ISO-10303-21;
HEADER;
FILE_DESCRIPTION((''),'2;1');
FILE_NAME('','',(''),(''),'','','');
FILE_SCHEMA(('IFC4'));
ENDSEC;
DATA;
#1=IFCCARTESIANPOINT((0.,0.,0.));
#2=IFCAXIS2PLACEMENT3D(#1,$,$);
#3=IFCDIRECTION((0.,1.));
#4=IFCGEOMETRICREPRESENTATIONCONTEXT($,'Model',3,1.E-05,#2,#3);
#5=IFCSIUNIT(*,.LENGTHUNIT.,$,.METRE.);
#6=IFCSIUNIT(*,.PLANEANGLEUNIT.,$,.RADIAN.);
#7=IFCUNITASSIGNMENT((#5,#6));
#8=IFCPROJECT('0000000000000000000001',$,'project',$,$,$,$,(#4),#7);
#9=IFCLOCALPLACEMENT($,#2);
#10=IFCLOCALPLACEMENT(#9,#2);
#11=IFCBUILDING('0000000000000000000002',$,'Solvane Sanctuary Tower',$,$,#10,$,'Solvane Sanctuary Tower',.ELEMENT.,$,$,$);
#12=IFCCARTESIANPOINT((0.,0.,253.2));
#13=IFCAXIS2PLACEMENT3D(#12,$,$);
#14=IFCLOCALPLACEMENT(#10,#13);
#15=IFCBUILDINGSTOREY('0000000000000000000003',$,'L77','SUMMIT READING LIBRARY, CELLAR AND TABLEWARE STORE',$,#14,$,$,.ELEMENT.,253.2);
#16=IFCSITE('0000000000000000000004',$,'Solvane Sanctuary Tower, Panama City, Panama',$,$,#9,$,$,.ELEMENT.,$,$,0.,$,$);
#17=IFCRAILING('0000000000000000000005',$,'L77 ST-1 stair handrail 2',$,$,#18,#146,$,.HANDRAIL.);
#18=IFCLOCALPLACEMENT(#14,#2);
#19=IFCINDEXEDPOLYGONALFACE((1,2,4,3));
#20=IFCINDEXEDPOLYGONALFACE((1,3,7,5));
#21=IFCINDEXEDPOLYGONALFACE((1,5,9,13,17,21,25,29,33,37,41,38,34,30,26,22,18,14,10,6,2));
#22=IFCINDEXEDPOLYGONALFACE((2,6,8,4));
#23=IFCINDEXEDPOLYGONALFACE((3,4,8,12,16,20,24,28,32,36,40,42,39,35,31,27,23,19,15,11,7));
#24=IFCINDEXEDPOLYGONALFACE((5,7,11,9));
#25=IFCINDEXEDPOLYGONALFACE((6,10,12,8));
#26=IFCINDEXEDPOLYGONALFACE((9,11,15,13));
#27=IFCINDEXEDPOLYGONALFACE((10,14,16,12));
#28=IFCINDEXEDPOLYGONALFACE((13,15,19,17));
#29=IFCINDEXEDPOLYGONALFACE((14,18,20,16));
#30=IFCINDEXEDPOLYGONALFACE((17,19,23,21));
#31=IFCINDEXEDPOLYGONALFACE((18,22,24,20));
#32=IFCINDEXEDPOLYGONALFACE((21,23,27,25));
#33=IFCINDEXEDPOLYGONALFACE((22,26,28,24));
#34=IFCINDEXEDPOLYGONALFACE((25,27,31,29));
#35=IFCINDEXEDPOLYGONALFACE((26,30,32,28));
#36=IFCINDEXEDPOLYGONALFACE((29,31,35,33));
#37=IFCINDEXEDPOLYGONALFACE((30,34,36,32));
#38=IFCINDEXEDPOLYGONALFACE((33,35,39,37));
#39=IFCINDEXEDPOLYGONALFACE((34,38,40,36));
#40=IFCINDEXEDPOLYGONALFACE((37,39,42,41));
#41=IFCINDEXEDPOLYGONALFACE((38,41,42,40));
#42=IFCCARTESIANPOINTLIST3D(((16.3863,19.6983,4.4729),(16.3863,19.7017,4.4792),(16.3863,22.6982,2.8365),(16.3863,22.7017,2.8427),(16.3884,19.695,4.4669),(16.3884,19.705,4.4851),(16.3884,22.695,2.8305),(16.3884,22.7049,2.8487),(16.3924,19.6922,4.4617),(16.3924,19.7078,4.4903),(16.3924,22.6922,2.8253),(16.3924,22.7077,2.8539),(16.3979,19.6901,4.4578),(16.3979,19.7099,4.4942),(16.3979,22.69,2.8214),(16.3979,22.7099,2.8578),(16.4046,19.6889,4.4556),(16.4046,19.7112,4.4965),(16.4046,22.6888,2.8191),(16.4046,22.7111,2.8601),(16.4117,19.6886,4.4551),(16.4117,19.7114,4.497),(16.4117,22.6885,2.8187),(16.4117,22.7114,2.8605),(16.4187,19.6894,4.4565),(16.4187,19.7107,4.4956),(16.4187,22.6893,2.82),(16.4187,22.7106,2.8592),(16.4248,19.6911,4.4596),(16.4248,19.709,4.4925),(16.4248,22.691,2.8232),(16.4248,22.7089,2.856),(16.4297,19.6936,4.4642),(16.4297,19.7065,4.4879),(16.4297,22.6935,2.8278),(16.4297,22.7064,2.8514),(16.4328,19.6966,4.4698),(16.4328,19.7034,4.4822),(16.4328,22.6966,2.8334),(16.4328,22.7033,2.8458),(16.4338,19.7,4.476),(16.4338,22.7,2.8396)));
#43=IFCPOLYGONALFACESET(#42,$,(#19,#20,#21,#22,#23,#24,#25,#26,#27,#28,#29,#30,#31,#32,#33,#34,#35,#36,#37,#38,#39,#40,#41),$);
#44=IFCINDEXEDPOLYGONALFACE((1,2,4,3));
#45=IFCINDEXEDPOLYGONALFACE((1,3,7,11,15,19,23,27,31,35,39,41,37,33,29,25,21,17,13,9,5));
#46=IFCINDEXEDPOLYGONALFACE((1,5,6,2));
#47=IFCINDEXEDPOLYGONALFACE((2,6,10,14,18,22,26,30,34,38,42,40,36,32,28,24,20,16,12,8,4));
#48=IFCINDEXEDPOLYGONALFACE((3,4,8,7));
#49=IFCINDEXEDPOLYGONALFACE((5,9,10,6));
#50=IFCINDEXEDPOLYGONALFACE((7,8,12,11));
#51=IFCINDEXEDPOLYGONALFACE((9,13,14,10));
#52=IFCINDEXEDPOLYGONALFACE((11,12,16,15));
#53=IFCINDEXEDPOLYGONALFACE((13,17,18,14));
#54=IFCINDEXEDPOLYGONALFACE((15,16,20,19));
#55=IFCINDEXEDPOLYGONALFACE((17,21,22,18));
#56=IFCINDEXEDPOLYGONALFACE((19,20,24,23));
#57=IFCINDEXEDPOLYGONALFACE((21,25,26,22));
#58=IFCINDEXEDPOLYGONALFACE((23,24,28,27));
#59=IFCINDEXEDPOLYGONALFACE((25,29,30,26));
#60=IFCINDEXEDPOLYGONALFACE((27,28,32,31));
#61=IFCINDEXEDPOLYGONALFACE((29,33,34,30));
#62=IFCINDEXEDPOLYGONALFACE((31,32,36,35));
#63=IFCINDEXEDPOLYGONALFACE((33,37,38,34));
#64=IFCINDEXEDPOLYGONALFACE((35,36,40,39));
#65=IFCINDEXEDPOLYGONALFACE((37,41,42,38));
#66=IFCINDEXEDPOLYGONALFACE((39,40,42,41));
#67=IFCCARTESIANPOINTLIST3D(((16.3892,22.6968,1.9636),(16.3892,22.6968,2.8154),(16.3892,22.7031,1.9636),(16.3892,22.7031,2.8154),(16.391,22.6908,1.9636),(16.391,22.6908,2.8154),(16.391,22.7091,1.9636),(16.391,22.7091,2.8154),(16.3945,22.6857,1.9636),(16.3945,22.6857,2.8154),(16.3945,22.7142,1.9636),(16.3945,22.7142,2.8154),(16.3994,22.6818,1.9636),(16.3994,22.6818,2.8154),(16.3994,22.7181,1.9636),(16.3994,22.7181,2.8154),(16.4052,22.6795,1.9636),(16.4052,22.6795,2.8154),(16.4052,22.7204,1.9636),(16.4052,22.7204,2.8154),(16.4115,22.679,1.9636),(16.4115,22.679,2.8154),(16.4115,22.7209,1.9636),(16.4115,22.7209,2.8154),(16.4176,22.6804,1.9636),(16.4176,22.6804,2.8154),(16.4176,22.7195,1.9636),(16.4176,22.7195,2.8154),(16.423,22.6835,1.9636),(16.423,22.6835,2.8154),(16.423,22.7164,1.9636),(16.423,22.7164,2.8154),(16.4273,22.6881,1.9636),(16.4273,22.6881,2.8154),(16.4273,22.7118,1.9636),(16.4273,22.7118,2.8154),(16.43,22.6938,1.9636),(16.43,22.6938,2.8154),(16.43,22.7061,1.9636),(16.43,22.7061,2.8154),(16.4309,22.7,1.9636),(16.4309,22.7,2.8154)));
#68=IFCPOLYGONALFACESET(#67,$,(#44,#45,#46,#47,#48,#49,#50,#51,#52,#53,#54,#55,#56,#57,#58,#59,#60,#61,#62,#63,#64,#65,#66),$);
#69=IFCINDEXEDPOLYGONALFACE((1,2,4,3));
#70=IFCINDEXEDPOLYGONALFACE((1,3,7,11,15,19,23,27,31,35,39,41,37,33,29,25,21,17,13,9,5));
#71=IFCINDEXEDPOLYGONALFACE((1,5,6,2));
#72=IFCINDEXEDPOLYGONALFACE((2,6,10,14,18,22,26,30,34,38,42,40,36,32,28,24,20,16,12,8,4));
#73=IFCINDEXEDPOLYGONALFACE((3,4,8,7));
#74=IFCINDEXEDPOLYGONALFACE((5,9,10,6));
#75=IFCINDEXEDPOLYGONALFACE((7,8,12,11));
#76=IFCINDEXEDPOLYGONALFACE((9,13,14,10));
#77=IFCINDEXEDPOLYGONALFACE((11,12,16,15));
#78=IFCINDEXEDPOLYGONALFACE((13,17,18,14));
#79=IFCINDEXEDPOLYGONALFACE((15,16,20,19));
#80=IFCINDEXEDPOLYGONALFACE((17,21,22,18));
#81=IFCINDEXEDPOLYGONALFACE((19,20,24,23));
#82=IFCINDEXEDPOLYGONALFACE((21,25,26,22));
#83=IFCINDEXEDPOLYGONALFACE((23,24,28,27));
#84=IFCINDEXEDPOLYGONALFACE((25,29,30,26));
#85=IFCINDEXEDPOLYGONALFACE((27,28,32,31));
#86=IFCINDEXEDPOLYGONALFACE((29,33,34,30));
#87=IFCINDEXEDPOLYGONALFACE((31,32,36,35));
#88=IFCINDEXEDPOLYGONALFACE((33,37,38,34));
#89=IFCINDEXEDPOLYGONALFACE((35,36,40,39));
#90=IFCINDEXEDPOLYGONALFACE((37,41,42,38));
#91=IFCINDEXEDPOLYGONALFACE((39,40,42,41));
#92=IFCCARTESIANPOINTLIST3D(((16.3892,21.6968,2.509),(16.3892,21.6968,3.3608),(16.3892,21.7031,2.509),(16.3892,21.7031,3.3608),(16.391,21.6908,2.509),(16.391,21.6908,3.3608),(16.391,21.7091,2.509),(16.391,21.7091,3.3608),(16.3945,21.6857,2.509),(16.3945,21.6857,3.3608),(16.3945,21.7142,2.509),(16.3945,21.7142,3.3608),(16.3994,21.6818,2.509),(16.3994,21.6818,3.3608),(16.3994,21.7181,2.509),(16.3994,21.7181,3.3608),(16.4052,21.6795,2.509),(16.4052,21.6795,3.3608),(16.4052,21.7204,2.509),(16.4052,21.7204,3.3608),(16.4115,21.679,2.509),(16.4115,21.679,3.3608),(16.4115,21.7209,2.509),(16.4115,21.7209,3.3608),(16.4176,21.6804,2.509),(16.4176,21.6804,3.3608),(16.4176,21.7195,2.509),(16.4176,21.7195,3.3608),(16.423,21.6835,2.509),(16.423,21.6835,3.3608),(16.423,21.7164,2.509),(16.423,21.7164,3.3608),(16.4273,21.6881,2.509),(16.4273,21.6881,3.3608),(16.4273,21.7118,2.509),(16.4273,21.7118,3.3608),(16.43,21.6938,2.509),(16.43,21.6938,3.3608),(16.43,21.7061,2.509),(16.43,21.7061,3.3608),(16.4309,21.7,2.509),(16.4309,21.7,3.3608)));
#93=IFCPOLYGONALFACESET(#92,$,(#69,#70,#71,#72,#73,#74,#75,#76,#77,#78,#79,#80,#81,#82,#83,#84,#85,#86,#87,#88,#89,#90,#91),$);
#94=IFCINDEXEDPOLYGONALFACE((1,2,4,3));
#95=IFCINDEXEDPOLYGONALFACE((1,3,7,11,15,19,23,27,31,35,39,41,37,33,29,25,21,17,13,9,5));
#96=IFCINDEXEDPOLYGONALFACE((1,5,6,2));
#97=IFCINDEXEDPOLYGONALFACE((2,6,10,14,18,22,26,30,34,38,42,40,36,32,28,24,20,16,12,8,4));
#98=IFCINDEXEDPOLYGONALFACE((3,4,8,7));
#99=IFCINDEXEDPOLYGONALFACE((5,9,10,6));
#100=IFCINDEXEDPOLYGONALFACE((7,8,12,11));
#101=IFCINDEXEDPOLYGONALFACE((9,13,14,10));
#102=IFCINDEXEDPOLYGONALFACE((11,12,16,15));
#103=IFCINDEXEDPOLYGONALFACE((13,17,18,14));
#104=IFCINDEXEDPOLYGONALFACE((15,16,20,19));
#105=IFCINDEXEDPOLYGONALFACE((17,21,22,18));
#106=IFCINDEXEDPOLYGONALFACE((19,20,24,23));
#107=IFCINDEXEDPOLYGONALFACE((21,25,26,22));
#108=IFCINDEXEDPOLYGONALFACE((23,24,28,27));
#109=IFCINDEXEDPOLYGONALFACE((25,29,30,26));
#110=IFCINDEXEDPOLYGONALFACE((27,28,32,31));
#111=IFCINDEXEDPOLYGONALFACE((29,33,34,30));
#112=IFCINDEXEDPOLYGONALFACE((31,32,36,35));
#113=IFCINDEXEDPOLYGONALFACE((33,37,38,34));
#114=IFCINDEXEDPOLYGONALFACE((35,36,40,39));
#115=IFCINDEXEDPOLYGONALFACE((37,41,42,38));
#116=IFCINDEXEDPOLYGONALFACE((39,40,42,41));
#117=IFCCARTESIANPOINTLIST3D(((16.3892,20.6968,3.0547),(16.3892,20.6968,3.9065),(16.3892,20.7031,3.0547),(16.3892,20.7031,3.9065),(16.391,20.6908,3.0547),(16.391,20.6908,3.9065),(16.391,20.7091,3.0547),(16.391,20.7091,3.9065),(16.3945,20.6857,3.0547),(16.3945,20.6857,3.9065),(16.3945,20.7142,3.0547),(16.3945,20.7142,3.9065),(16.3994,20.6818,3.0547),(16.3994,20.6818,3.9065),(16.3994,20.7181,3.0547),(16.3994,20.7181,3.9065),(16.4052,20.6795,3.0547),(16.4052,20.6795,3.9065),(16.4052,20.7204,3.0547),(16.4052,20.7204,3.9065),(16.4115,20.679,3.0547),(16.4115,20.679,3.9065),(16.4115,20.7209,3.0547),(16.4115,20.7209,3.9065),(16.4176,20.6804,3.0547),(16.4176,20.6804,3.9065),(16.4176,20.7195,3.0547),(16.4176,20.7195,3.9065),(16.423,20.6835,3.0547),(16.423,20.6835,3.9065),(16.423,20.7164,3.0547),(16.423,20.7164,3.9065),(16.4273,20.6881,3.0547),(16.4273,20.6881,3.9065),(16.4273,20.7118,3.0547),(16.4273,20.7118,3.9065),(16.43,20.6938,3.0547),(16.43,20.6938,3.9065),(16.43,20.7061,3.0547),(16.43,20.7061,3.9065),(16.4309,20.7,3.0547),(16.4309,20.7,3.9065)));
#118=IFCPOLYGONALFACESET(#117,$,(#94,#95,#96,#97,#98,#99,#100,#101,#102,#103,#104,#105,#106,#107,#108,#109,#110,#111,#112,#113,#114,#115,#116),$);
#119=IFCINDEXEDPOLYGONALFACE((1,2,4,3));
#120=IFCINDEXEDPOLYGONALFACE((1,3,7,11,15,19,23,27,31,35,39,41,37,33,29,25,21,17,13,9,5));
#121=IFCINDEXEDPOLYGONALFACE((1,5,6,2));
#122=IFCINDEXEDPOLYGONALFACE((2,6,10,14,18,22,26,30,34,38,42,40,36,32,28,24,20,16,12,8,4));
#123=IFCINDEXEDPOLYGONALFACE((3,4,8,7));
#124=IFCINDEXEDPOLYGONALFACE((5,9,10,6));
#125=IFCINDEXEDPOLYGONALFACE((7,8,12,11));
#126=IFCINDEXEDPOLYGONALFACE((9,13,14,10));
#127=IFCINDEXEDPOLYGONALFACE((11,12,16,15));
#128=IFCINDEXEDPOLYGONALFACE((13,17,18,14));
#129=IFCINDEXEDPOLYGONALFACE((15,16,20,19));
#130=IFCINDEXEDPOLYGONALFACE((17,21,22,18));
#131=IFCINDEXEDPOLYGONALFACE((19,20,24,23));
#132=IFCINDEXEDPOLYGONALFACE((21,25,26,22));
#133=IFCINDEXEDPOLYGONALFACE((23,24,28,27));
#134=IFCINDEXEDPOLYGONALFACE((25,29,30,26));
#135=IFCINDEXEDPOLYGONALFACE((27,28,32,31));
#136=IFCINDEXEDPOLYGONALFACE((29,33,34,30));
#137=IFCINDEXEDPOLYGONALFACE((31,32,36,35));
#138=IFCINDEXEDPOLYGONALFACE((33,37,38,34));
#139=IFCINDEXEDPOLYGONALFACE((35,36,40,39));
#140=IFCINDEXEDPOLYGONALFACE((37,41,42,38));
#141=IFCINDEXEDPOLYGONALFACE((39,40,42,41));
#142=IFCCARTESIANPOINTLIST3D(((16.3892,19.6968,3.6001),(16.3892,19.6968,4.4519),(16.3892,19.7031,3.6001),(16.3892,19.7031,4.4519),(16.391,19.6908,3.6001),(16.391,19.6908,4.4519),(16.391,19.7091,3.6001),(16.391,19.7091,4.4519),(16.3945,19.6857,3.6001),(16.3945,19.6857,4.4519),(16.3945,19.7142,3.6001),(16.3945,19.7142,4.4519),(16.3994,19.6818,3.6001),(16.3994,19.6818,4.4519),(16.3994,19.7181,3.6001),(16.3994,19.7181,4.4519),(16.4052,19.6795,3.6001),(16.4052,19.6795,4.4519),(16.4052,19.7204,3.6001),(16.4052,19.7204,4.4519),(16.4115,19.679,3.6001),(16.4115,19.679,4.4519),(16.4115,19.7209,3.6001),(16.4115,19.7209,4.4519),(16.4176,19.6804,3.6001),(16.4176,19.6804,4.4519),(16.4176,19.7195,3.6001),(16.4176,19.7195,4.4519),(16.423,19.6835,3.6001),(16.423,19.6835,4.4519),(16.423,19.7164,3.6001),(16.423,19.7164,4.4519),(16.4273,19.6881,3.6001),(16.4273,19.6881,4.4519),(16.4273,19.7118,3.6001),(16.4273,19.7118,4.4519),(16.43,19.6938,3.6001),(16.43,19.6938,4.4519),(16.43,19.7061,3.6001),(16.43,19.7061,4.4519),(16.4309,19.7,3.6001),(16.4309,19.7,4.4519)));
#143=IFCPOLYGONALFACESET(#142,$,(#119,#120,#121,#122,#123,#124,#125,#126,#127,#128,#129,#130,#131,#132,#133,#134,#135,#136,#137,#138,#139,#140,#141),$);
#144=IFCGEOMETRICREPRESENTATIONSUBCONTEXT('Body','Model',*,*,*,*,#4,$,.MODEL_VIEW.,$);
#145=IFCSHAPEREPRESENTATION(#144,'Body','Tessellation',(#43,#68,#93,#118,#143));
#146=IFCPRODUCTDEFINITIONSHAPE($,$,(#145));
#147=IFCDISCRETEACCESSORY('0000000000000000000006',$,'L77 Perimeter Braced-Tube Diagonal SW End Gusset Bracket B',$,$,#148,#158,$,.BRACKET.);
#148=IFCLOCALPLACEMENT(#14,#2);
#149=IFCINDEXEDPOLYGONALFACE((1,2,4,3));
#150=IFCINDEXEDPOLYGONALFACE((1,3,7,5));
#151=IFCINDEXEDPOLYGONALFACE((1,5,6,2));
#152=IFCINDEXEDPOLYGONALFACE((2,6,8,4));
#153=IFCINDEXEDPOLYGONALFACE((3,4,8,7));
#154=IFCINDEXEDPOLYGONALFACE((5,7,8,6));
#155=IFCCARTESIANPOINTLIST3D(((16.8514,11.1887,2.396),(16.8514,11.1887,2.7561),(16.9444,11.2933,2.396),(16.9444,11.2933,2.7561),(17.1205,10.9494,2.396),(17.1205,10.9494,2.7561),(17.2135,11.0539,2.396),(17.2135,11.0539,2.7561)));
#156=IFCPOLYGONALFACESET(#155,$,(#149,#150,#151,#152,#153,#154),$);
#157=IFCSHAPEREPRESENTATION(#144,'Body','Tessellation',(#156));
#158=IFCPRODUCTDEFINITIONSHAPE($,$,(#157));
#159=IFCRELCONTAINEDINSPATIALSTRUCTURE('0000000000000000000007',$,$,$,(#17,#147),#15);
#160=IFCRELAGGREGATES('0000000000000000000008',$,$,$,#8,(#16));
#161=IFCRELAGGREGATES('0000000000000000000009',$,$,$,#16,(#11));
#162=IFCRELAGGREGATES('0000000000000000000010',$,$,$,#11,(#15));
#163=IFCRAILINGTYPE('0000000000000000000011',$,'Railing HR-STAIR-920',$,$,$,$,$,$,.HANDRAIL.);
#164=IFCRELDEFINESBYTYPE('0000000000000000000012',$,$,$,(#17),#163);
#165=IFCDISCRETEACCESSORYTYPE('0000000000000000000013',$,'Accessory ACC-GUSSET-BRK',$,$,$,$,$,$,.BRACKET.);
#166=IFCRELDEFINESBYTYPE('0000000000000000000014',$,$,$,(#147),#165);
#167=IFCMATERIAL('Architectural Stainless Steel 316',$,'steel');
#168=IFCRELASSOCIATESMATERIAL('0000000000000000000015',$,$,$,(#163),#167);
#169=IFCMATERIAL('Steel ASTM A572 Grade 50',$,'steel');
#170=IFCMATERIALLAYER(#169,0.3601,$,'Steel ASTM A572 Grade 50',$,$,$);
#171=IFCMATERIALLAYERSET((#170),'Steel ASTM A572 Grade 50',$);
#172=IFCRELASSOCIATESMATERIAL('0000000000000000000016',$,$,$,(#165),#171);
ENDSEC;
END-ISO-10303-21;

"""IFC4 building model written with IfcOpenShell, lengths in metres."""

from ifc_helpers import new_model, si_unit, direction, frame, origin, origin_2d, place, context, subcontext, project, spatial, rectangle, circle, extrude, material, layer, layer_set, type_object, element, save


model = new_model("IFC4")

# Units and contexts
model_context = context("Model", 3, precision=1e-05, world=origin(), true_north=direction((0.0, 1.0)))
body_context = subcontext(model_context, "Body", "Model", "MODEL_VIEW")
ifc_project = project(units=[si_unit("LENGTHUNIT", "METRE"), si_unit("PLANEANGLEUNIT", "RADIAN")], contexts=[model_context])

# Site, building, storey
site_placement = place(None, origin())
site = spatial("IfcSite", under=ifc_project, at=site_placement, Name="Solvane Sanctuary Tower, Panama City, Panama", CompositionType="ELEMENT", RefElevation=0.0)
building_placement = place(site_placement, origin())
building = spatial("IfcBuilding", under=site, at=building_placement, Name="Solvane Sanctuary Tower", LongName="Solvane Sanctuary Tower", CompositionType="ELEMENT")
storey_placement = place(building_placement, frame((0.0, 0.0, 253.2)))
storey = spatial("IfcBuildingStorey", under=building, at=storey_placement, Name="L77", Description="SUMMIT READING LIBRARY, CELLAR AND TABLEWARE STORE", CompositionType="ELEMENT", Elevation=253.2)

# Shared definitions
ifc_material_1 = material(Name="Architectural Stainless Steel 316", Category="steel")

# Railing
railing_type_1 = type_object("IfcRailingType", Name="Railing HR-STAIR-920", PredefinedType="HANDRAIL", material=ifc_material_1)
railing_1_placement = place(storey_placement, frame((16.4099, 22.7, 1.9636)))
element("IfcRailing", 1, at=railing_1_placement, inside=storey, type_object=railing_type_1, Name="L77 ST-1 stair handrail 2", PredefinedType="HANDRAIL", context=body_context, shape_type="SweptSolid", body=[
    extrude(circle(Radius=0.0239, at=origin_2d()), frame((0.0, 0.0, 0.876), z_axis=(0.0, -0.877882, 0.478877), x_axis=(1.0, 0.0, 0.0)), (0.0, 0.0, 1.0), 3.4172),
    extrude(circle(Radius=0.021, at=origin_2d()), origin(), (0.0, 0.0, 1.0), 0.8518),
    extrude(circle(Radius=0.021, at=origin_2d()), frame((0.0, -1.0, 0.5454)), (0.0, 0.0, 1.0), 0.8518),
    extrude(circle(Radius=0.021, at=origin_2d()), frame((0.0, -2.0, 1.0911)), (0.0, 0.0, 1.0), 0.8518),
    extrude(circle(Radius=0.021, at=origin_2d()), frame((0.0, -3.0, 1.6365)), (0.0, 0.0, 1.0), 0.8518),
])

# Discrete accessory
ifc_material_2 = material(Name="Steel ASTM A572 Grade 50", Category="steel")
ifc_layer_1 = layer(ifc_material_2, 0.3601, Name="Steel ASTM A572 Grade 50")
ifc_layer_set_1 = layer_set([ifc_layer_1], Name="Steel ASTM A572 Grade 50")
discrete_accessory_type = type_object("IfcDiscreteAccessoryType", Name="Accessory ACC-GUSSET-BRK", PredefinedType="BRACKET", material=ifc_layer_set_1)
discrete_accessory_placement = place(storey_placement, frame((17.0325, 11.1213, 2.396), z_axis=(0.0, 0.0, 1.0), x_axis=(-0.747218, 0.664579, 0.0)))
element("IfcDiscreteAccessory", 2, at=discrete_accessory_placement, inside=storey, type_object=discrete_accessory_type, Name="L77 Perimeter Braced-Tube Diagonal SW End Gusset Bracket B", PredefinedType="BRACKET", context=body_context, shape_type="SweptSolid", body=[
    extrude(rectangle(XDim=0.3601, YDim=0.1399, at=origin_2d()), origin(), (0.0, 0.0, 1.0), 0.3601),
])

save(model, "model.ifc")
